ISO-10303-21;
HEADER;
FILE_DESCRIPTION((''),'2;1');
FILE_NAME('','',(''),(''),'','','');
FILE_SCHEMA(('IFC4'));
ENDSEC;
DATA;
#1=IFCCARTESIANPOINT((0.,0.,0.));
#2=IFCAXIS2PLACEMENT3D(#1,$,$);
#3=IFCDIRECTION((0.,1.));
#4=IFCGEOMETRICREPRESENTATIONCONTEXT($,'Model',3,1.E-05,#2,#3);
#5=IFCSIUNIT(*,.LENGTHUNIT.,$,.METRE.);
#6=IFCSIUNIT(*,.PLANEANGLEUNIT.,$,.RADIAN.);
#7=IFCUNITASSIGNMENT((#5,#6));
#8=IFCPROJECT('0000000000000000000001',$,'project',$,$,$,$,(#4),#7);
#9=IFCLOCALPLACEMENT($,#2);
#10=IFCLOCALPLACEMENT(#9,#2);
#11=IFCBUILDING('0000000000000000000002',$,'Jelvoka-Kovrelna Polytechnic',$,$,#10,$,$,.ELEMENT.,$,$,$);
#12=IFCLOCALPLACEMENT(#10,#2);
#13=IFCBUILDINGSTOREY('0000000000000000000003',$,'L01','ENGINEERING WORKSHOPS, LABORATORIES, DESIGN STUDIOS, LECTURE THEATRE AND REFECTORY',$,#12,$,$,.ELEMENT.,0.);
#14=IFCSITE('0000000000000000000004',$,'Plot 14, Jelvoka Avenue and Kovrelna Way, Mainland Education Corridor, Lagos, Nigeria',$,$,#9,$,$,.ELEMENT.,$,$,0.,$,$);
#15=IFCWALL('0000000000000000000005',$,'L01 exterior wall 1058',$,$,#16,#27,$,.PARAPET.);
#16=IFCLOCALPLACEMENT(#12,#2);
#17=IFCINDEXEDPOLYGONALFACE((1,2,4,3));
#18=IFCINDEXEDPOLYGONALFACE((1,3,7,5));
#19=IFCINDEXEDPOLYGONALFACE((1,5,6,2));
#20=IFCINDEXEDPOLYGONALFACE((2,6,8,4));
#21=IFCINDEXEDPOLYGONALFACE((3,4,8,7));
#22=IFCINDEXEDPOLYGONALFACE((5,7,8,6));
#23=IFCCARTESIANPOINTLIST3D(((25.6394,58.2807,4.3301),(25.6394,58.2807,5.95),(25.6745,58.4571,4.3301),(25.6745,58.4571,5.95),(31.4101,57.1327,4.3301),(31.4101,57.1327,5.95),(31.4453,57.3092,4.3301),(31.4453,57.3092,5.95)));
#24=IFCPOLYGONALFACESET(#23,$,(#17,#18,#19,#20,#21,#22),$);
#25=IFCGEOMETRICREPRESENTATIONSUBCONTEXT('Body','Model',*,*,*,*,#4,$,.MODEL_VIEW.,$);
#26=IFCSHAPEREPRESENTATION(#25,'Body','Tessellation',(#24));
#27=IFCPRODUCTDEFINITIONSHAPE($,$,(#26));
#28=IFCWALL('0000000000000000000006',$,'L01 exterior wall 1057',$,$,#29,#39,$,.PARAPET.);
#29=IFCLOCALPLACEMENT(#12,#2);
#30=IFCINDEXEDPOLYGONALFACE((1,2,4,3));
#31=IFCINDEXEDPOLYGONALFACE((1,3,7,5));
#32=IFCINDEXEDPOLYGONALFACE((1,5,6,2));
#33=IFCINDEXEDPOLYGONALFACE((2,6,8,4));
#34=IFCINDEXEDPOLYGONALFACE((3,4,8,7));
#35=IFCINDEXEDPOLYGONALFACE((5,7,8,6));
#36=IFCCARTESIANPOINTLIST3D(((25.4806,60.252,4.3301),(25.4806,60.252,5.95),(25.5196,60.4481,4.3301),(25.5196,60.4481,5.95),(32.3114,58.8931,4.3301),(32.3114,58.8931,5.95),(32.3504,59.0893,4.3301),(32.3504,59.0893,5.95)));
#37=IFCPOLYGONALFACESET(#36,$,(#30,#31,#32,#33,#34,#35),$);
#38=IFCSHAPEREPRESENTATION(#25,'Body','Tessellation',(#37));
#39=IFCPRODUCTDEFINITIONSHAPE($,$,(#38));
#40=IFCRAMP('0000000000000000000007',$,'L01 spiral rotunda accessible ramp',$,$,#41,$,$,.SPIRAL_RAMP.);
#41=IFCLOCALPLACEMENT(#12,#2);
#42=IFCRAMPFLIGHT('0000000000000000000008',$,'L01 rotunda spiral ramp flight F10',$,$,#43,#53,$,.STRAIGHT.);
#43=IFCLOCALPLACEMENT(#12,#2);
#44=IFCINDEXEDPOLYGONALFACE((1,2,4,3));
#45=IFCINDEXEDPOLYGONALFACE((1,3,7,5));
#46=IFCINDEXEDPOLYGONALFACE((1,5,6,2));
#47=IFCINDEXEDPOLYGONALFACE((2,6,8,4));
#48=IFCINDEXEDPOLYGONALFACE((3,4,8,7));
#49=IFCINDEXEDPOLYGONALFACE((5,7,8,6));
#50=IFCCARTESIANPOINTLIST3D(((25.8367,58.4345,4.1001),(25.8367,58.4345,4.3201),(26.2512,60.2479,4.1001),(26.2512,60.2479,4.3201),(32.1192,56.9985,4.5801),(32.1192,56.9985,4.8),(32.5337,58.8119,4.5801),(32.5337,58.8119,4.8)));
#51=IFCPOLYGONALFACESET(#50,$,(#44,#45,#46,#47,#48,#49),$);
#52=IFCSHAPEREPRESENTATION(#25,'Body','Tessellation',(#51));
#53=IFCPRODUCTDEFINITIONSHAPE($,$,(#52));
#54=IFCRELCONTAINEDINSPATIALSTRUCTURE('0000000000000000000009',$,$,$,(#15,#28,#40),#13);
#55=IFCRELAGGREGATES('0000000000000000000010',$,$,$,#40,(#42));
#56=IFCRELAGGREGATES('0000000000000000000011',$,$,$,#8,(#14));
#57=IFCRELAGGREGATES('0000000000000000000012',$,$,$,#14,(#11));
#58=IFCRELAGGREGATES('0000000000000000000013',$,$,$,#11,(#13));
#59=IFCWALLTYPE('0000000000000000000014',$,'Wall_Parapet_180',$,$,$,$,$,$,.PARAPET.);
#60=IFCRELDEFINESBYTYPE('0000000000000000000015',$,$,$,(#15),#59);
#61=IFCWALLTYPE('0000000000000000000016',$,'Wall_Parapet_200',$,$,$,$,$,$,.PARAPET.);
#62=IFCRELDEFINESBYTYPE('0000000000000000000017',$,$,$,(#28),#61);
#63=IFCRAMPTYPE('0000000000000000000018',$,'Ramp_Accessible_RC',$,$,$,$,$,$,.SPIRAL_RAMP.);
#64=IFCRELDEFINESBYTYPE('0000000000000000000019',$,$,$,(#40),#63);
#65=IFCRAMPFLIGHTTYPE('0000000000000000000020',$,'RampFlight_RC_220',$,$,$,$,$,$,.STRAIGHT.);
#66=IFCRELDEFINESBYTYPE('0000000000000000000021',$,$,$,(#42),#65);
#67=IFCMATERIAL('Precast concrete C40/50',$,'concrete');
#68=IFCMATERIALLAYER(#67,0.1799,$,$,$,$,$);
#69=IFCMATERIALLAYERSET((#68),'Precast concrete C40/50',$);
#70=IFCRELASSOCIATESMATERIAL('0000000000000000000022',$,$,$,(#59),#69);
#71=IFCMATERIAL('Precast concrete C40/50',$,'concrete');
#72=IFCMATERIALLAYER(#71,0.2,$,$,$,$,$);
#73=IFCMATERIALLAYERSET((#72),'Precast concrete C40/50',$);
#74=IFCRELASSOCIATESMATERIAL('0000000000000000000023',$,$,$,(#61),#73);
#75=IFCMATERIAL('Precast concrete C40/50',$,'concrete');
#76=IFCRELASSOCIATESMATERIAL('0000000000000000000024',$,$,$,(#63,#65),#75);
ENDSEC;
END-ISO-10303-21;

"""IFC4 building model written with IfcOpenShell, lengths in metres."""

from ifc_helpers import new_model, si_unit, direction, frame, frame_2d, origin, place, context, subcontext, project, spatial, polyline, rectangle, outline, extrude, material, layer, layer_set, type_object, element, aggregate, save


model = new_model("IFC4")

# Units and contexts
model_context = context("Model", 3, precision=1e-05, world=origin(), true_north=direction((0.0, 1.0)))
body_context = subcontext(model_context, "Body", "Model", "MODEL_VIEW")
ifc_project = project(units=[si_unit("LENGTHUNIT", "METRE"), si_unit("PLANEANGLEUNIT", "RADIAN")], contexts=[model_context])

# Site, building, storey
site_placement = place(None, origin())
site = spatial("IfcSite", under=ifc_project, at=site_placement, Name="Plot 14, Jelvoka Avenue and Kovrelna Way, Mainland Education Corridor, Lagos, Nigeria", CompositionType="ELEMENT", RefElevation=0.0)
building_placement = place(site_placement, origin())
building = spatial("IfcBuilding", under=site, at=building_placement, Name="Jelvoka-Kovrelna Polytechnic", CompositionType="ELEMENT")
storey_placement = place(building_placement, origin())
storey = spatial("IfcBuildingStorey", under=building, at=storey_placement, Name="L01", Description="ENGINEERING WORKSHOPS, LABORATORIES, DESIGN STUDIOS, LECTURE THEATRE AND REFECTORY", CompositionType="ELEMENT", Elevation=0.0)

# Walls
ifc_material_1 = material(Name="Precast concrete C40/50", Category="concrete")
ifc_layer_1 = layer(ifc_material_1, 0.1799)
ifc_layer_set_1 = layer_set([ifc_layer_1], Name="Precast concrete C40/50")
wall_type_1 = type_object("IfcWallType", Name="Wall_Parapet_180", PredefinedType="PARAPET", material=ifc_layer_set_1)
wall_1_placement = place(storey_placement, frame((25.657, 58.3689, 4.3301), z_axis=(0.0, 0.0, 1.0), x_axis=(0.980783, -0.195103, 0.0)))
element("IfcWall", 1, at=wall_1_placement, inside=storey, type_object=wall_type_1, Name="L01 exterior wall 1058", PredefinedType="PARAPET", context=body_context, shape_type="SweptSolid", body=[
    extrude(rectangle(XDim=5.8838, YDim=0.1799, at=frame_2d((2.9419, 0.0))), origin(), (0.0, 0.0, 1.0), 1.6199),
])
ifc_material_2 = material(Name="Precast concrete C40/50", Category="concrete")
ifc_layer_2 = layer(ifc_material_2, 0.2)
ifc_layer_set_2 = layer_set([ifc_layer_2], Name="Precast concrete C40/50")
wall_type_2 = type_object("IfcWallType", Name="Wall_Parapet_200", PredefinedType="PARAPET", material=ifc_layer_set_2)
wall_2_placement = place(storey_placement, frame((25.5, 60.3501, 4.3301), z_axis=(0.0, 0.0, 1.0), x_axis=(0.980781, -0.195112, 0.0)))
element("IfcWall", 2, at=wall_2_placement, inside=storey, type_object=wall_type_2, Name="L01 exterior wall 1057", PredefinedType="PARAPET", context=body_context, shape_type="SweptSolid", body=[
    extrude(rectangle(XDim=6.9646, YDim=0.2, at=frame_2d((3.4824, 0.0))), origin(), (0.0, 0.0, 1.0), 1.6199),
])

# Ramp, ramp flight
ifc_material_3 = material(Name="Precast concrete C40/50", Category="concrete")
ramp_type = type_object("IfcRampType", Name="Ramp_Accessible_RC", PredefinedType="SPIRAL_RAMP", material=ifc_material_3)
ramp_placement = place(storey_placement, origin())
ramp = element("IfcRamp", 3, at=ramp_placement, inside=storey, type_object=ramp_type, Name="L01 spiral rotunda accessible ramp", PredefinedType="SPIRAL_RAMP")
ramp_flight_type = type_object("IfcRampFlightType", Name="RampFlight_RC_220", PredefinedType="STRAIGHT", material=ifc_material_3)
ramp_flight_placement = place(None, frame((26.0439, 59.3413, 4.3201), z_axis=(0.0, 0.0, 1.0), x_axis=(0.974859, -0.222821, 0.0)))
ramp_flight = element("IfcRampFlight", 4, at=ramp_flight_placement, type_object=ramp_flight_type, Name="L01 rotunda spiral ramp flight F10", PredefinedType="STRAIGHT", context=body_context, shape_type="SweptSolid", body=[
    extrude(outline(polyline([(0.0, 0.0), (6.4446, 0.48), (6.4446, 0.26), (0.0, -0.22), (0.0, 0.0)])), frame((0.0, 0.9299, 0.0), z_axis=(0.0, -1.0, 0.0), x_axis=(1.0, 0.0, 0.0)), (0.0, 0.0, 1.0), 1.8601),
])
aggregate(ramp, [ramp_flight])

save(model, "model.ifc")
